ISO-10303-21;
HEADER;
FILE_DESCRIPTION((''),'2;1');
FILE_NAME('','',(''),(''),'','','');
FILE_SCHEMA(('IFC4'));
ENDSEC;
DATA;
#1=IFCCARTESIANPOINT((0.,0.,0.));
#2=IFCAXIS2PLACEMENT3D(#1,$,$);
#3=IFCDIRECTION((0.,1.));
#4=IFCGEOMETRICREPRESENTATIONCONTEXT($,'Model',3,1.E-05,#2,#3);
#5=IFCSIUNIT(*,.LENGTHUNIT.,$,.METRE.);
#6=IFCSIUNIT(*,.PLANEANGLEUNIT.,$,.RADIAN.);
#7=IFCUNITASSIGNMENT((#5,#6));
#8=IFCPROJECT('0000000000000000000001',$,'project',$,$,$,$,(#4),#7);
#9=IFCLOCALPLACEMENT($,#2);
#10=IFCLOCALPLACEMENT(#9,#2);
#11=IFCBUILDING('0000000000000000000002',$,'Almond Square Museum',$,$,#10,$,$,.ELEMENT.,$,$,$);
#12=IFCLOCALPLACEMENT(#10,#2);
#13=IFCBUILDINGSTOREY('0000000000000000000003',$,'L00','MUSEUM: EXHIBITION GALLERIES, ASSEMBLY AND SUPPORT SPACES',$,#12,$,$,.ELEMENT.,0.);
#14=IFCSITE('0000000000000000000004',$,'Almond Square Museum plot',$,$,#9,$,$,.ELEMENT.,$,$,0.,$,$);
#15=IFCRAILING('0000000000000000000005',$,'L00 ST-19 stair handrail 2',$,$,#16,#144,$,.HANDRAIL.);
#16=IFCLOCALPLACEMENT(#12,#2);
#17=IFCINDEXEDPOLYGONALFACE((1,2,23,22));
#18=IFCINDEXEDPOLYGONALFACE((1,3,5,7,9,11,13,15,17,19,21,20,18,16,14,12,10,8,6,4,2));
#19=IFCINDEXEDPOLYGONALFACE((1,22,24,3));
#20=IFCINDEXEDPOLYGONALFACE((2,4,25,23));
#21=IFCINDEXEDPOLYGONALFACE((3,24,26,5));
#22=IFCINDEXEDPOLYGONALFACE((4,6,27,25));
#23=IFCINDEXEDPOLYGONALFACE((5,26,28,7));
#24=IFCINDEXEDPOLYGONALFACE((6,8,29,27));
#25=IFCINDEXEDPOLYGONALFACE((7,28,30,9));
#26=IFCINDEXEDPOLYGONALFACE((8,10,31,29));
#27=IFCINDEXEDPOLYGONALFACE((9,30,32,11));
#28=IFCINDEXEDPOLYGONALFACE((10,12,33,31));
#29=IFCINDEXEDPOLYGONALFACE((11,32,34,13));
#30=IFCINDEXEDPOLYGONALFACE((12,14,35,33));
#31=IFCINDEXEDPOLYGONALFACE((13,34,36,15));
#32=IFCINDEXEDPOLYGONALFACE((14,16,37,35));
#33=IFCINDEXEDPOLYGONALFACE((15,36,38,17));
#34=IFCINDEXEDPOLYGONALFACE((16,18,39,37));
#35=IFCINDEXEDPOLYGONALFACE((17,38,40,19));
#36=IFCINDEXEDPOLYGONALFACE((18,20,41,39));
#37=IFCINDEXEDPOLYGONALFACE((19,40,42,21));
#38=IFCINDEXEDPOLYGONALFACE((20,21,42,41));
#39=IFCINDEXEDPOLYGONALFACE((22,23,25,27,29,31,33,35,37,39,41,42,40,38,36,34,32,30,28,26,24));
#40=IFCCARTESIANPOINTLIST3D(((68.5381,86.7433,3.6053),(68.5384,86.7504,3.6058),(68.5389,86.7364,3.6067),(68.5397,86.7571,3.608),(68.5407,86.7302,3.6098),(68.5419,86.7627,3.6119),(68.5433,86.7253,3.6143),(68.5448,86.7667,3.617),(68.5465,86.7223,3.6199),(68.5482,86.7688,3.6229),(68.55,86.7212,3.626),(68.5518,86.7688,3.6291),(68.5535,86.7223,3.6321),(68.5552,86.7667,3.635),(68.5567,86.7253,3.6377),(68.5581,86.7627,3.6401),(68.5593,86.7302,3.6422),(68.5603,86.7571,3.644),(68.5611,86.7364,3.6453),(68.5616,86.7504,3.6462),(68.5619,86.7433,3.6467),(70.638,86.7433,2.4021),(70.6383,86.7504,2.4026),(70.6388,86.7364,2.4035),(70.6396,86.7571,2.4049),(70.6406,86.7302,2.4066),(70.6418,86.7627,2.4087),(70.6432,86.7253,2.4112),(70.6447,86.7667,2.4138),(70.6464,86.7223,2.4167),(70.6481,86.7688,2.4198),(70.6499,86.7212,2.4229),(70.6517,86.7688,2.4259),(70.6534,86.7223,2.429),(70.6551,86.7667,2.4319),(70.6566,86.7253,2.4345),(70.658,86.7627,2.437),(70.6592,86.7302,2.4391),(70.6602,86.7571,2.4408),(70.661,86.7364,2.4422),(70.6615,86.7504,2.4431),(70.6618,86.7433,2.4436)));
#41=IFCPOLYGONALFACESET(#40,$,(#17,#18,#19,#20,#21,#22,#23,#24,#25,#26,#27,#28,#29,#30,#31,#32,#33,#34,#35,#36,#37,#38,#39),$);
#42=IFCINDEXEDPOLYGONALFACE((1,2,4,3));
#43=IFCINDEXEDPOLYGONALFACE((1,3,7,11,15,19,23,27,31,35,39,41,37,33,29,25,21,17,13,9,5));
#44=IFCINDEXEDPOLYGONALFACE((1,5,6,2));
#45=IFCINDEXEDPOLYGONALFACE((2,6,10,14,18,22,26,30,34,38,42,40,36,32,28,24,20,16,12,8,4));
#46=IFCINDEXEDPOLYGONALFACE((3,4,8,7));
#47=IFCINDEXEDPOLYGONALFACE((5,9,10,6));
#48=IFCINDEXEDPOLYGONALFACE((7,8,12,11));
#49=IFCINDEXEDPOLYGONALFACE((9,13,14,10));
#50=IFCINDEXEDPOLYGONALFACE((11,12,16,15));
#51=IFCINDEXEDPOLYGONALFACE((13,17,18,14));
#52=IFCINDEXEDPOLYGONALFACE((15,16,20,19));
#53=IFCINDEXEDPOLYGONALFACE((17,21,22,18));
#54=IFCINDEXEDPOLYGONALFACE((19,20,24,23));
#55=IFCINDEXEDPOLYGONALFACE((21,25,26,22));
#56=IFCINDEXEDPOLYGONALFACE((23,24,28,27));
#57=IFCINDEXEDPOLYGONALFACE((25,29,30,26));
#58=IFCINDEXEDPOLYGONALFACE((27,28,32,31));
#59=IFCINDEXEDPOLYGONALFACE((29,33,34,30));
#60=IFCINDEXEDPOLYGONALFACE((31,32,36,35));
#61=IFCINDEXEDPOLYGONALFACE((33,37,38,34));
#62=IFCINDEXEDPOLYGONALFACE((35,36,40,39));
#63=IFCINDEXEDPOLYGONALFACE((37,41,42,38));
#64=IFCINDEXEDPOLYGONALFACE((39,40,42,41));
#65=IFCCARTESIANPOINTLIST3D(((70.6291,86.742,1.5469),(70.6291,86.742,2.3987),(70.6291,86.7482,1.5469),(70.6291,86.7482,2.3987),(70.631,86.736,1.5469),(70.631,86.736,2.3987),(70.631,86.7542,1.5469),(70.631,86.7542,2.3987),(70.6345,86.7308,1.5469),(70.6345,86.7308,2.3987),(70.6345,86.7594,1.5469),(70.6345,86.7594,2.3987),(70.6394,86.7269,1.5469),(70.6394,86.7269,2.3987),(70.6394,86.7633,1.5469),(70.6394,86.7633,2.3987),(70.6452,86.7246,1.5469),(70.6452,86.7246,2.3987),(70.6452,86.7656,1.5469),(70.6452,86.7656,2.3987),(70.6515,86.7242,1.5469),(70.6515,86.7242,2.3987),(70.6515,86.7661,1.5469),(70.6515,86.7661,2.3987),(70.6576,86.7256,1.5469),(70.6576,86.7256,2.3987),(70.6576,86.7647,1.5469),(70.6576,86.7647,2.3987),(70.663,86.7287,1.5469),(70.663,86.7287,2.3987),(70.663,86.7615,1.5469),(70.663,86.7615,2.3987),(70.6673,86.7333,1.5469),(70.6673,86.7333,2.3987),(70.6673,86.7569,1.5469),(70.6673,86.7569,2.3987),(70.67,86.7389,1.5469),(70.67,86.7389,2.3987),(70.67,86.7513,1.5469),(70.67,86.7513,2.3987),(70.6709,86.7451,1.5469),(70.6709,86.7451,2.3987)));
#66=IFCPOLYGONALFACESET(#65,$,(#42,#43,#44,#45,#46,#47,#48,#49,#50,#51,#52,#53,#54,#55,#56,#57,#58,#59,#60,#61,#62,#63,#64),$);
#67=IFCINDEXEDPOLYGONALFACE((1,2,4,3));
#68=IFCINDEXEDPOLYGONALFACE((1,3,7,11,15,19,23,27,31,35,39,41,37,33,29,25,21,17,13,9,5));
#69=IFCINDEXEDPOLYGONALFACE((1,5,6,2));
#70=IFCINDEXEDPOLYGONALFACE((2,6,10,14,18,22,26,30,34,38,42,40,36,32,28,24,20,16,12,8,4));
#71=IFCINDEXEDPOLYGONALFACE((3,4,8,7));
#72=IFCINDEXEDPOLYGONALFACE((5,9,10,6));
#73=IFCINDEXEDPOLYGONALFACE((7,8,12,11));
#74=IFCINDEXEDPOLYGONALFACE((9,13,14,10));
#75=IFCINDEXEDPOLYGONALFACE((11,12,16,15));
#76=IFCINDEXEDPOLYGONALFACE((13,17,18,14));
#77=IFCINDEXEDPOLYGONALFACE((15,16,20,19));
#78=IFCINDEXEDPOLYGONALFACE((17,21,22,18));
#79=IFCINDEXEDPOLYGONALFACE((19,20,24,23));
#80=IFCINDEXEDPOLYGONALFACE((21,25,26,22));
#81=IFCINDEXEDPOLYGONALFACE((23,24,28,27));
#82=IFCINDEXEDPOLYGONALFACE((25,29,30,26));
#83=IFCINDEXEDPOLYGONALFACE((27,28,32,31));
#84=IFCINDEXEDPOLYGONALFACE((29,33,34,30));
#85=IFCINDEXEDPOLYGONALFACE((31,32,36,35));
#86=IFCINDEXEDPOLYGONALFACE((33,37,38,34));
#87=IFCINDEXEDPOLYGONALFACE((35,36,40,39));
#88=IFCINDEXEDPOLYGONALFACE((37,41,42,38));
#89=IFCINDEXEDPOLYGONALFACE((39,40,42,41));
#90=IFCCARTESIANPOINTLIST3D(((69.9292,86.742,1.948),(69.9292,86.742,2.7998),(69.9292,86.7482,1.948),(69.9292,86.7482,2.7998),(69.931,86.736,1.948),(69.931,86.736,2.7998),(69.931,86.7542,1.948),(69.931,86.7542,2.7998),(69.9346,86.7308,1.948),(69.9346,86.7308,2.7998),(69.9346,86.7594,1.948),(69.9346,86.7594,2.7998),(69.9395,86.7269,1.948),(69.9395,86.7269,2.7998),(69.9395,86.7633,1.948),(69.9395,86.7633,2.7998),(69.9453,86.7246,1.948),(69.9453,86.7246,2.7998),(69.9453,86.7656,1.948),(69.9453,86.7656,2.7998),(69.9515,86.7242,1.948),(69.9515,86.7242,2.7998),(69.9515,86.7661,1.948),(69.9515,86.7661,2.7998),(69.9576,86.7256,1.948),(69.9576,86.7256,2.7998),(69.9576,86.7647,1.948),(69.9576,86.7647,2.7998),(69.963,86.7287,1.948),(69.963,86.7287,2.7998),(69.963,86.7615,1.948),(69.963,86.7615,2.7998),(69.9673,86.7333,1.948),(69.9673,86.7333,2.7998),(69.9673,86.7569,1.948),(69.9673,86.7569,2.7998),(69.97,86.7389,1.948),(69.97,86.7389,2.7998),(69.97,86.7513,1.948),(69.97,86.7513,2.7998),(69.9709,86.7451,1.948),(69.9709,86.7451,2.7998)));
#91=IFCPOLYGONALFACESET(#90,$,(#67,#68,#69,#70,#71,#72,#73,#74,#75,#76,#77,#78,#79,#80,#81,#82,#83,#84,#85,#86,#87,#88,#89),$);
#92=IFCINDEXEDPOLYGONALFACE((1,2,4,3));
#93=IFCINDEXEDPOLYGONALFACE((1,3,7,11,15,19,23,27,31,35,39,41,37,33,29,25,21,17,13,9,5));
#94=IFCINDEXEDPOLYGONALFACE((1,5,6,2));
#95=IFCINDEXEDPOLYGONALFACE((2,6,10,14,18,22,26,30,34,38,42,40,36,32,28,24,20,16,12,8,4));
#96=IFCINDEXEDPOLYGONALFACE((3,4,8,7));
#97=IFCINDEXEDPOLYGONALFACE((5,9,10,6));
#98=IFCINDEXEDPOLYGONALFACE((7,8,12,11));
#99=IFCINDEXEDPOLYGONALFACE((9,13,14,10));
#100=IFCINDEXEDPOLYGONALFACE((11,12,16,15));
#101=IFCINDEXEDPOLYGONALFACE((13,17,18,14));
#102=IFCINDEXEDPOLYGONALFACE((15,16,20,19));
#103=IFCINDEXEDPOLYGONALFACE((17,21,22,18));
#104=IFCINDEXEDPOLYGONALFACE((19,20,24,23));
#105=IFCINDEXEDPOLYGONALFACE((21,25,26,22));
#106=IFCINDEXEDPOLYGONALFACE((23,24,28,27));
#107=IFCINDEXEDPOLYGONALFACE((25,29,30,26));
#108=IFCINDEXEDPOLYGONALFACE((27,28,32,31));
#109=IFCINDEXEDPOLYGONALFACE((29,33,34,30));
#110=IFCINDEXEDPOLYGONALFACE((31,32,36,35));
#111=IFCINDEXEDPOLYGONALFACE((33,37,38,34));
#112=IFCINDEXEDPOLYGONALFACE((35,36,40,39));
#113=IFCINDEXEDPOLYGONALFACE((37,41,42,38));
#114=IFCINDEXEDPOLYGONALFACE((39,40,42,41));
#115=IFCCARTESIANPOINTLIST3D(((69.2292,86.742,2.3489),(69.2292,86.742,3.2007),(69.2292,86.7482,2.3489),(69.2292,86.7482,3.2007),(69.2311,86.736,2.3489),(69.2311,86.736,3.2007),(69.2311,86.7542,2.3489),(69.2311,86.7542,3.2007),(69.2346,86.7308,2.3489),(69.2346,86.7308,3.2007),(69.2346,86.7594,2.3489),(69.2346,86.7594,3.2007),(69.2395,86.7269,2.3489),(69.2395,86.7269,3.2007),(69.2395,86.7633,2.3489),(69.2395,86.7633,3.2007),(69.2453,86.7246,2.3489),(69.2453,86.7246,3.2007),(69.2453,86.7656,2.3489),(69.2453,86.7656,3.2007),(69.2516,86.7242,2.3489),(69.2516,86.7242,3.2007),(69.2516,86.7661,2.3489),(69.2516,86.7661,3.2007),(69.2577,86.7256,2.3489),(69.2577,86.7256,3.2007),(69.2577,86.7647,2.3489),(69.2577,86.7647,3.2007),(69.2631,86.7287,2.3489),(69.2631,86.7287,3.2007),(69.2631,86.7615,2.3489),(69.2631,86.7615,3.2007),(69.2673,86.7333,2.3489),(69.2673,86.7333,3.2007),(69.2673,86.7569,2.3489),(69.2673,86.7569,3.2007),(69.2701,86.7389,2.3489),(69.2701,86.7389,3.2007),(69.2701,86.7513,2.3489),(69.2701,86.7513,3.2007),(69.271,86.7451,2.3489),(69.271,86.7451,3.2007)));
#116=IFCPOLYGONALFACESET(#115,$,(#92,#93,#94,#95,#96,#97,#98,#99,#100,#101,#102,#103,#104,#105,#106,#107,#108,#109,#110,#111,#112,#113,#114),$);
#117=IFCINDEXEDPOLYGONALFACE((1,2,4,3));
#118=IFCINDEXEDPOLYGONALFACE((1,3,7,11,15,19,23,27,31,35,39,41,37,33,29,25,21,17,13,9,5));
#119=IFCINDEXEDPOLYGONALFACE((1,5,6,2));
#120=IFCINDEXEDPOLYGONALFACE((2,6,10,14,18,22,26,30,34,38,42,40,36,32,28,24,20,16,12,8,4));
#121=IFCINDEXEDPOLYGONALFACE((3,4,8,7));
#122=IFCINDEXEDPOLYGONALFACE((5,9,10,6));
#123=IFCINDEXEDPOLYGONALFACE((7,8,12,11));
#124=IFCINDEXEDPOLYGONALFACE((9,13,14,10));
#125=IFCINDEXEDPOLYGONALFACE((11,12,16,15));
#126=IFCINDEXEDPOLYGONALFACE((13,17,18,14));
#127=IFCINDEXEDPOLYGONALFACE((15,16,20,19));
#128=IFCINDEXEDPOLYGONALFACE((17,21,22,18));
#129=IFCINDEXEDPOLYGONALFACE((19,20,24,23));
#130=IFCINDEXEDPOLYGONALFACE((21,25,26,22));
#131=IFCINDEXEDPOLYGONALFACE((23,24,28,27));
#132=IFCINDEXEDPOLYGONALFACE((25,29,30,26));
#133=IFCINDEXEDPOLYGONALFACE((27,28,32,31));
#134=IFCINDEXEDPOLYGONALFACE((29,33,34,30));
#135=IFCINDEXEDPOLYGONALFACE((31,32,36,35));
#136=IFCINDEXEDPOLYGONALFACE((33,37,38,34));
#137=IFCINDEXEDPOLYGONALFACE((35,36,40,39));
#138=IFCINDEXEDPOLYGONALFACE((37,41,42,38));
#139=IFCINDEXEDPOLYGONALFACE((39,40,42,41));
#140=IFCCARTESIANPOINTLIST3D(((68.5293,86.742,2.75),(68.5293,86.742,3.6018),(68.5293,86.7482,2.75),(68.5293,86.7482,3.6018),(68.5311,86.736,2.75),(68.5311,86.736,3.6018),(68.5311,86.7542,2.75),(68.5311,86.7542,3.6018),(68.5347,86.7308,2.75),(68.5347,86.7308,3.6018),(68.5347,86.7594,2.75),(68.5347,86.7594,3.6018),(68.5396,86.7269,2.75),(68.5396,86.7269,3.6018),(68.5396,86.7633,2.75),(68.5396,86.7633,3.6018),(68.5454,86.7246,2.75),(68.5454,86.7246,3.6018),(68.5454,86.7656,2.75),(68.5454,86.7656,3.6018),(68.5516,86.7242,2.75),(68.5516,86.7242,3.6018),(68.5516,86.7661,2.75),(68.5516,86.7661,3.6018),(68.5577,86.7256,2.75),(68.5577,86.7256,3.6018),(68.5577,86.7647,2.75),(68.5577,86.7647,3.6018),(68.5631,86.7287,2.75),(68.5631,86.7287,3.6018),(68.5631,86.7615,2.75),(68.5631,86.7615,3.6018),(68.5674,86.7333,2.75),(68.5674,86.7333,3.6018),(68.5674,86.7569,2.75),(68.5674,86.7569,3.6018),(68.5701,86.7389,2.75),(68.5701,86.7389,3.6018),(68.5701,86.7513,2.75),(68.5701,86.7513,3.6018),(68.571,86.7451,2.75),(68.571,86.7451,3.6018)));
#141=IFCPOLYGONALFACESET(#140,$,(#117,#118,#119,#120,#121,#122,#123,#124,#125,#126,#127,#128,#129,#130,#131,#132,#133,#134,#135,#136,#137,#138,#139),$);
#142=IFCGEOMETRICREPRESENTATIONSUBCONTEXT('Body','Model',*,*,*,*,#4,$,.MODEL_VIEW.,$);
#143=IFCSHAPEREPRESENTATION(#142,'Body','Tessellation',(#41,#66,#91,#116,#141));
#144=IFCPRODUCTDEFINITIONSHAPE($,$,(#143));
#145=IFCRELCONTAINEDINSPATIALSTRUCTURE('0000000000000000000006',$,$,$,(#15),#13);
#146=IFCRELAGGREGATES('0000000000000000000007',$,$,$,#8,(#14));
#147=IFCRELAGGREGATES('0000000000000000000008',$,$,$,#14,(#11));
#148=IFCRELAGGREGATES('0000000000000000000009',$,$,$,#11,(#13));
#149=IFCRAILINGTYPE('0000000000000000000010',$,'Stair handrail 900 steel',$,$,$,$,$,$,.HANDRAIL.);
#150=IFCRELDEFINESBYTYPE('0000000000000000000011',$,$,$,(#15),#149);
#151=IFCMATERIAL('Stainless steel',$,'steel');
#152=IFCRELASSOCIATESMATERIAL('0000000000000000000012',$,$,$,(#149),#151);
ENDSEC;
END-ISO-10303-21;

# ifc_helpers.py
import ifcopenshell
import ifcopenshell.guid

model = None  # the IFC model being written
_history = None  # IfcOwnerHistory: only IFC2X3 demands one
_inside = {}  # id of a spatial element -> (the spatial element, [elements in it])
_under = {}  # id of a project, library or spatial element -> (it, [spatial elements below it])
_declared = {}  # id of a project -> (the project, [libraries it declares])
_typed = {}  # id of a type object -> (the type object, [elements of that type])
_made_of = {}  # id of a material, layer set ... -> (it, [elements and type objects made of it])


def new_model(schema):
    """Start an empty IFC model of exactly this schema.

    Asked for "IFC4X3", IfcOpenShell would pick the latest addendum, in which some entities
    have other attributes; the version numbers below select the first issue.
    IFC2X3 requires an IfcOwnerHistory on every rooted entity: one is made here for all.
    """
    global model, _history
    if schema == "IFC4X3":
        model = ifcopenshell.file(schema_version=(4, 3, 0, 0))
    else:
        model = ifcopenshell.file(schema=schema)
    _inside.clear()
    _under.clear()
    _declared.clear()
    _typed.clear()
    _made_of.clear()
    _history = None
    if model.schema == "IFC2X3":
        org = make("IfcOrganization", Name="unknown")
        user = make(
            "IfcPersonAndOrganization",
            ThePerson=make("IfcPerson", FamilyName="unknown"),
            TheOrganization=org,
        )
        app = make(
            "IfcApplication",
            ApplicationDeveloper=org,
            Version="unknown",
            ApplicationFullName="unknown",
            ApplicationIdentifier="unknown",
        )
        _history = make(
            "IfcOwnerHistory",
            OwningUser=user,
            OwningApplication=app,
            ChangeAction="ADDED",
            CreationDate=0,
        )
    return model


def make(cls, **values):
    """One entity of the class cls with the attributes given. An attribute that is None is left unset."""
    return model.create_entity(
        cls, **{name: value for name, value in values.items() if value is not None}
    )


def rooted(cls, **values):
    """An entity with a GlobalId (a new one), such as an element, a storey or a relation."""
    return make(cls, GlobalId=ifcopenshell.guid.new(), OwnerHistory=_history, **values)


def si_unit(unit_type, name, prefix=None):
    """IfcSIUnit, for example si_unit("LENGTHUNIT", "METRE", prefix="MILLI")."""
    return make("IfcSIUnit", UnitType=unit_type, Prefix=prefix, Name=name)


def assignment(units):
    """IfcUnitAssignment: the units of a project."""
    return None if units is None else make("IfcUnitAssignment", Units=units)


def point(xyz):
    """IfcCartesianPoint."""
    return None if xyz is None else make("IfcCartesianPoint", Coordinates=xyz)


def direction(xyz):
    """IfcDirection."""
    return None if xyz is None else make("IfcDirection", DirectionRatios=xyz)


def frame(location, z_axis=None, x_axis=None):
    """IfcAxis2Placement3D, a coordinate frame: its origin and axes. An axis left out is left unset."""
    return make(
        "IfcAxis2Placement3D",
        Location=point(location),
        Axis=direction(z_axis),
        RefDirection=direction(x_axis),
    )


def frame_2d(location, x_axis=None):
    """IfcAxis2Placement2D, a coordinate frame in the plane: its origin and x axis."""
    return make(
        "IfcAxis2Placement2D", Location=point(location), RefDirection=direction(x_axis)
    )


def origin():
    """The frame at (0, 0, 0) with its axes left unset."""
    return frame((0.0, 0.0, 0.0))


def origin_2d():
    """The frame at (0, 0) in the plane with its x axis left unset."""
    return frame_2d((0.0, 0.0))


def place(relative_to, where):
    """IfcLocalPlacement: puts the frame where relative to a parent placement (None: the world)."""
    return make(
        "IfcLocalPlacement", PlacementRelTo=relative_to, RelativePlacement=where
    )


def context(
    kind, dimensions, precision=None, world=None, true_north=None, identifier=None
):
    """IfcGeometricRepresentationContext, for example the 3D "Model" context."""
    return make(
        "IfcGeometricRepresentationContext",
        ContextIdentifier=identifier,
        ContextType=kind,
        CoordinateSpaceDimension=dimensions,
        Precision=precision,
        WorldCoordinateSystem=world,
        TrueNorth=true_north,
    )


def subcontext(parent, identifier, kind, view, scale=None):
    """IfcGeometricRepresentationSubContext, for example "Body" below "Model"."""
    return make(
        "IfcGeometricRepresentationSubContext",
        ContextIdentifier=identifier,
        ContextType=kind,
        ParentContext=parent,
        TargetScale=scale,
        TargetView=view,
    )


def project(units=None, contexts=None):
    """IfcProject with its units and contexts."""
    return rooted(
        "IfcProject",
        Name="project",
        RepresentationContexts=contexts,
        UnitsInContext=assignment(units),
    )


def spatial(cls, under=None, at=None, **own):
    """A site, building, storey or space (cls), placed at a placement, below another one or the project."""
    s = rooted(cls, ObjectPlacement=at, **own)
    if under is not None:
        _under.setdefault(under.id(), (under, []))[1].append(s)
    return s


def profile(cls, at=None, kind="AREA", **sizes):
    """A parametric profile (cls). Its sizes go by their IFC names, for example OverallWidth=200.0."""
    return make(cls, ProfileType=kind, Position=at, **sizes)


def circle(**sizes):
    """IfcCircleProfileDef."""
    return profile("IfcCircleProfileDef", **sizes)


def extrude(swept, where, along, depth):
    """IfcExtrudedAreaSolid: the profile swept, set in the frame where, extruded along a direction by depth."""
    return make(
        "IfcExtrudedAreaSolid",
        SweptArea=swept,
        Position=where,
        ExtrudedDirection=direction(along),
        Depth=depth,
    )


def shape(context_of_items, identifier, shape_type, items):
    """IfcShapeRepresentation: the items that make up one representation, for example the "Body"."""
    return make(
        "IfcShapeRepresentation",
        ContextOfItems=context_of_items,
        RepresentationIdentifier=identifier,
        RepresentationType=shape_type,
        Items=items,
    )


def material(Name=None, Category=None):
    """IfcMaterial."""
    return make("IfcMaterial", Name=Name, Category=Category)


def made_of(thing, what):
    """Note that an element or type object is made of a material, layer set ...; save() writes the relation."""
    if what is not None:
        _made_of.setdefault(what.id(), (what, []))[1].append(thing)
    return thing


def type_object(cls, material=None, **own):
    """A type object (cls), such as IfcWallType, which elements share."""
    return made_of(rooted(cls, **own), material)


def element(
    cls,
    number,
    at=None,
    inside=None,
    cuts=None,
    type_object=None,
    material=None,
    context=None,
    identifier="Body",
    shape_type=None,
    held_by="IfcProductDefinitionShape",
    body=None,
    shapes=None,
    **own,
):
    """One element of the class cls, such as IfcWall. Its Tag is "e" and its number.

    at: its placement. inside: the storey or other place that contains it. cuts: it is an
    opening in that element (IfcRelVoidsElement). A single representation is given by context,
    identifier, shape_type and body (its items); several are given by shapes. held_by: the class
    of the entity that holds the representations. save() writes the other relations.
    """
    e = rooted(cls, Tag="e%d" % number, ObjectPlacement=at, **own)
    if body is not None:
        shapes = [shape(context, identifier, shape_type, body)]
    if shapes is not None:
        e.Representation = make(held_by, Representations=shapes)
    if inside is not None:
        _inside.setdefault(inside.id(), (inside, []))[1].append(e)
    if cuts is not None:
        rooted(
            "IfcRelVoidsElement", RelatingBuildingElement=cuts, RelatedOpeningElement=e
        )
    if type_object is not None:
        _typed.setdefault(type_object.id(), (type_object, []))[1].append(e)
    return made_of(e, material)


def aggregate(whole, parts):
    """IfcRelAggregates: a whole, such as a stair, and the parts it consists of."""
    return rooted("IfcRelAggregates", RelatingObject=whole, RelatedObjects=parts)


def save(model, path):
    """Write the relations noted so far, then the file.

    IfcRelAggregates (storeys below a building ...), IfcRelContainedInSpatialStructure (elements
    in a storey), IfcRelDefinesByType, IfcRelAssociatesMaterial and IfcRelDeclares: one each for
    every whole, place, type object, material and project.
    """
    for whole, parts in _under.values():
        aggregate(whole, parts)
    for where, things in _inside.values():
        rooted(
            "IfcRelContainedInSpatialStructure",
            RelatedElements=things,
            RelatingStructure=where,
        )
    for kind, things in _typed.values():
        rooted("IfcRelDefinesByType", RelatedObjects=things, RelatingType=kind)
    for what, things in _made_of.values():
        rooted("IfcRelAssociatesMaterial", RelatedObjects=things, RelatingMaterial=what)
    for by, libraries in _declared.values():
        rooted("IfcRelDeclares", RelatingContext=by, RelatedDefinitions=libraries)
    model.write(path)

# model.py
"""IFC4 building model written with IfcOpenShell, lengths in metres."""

from ifc_helpers import new_model, si_unit, direction, frame, origin, origin_2d, place, context, subcontext, project, spatial, circle, extrude, material, type_object, element, save


model = new_model("IFC4")

# Units and contexts
model_context = context("Model", 3, precision=1e-05, world=origin(), true_north=direction((0.0, 1.0)))
body_context = subcontext(model_context, "Body", "Model", "MODEL_VIEW")
ifc_project = project(units=[si_unit("LENGTHUNIT", "METRE"), si_unit("PLANEANGLEUNIT", "RADIAN")], contexts=[model_context])

# Site, building, storey
site_placement = place(None, origin())
site = spatial("IfcSite", under=ifc_project, at=site_placement, Name="Almond Square Museum plot", CompositionType="ELEMENT", RefElevation=0.0)
building_placement = place(site_placement, origin())
building = spatial("IfcBuilding", under=site, at=building_placement, Name="Almond Square Museum", CompositionType="ELEMENT")
storey_placement = place(building_placement, origin())
storey = spatial("IfcBuildingStorey", under=building, at=storey_placement, Name="L00", Description="MUSEUM: EXHIBITION GALLERIES, ASSEMBLY AND SUPPORT SPACES", CompositionType="ELEMENT", Elevation=0.0)

# Railing
ifc_material_1 = material(Name="Stainless steel", Category="steel")
railing_type_1 = type_object("IfcRailingType", Name="Stair handrail 900 steel", PredefinedType="HANDRAIL", material=ifc_material_1)
for number, where, name in (
    (1, (70.6499, 86.7451, 1.5469), "L00 ST-19 stair handrail 2"),
):
    element("IfcRailing", number, at=place(storey_placement, frame(where)), inside=storey, type_object=railing_type_1, Name=name, PredefinedType="HANDRAIL", context=body_context, shape_type="SweptSolid", body=[
        extrude(circle(Radius=0.0239, at=origin_2d()), frame((0.0, 0.0, 0.876), z_axis=(-0.867671, 0.0, 0.497138), x_axis=(0.0, -1.0, 0.0)), (0.0, 0.0, 1.0), 2.4202),
        extrude(circle(Radius=0.021, at=origin_2d()), origin(), (0.0, 0.0, 1.0), 0.8518),
        extrude(circle(Radius=0.021, at=origin_2d()), frame((-0.7, 0.0, 0.4011)), (0.0, 0.0, 1.0), 0.8518),
        extrude(circle(Radius=0.021, at=origin_2d()), frame((-1.3999, 0.0, 0.802)), (0.0, 0.0, 1.0), 0.8518),
        extrude(circle(Radius=0.021, at=origin_2d()), frame((-2.0999, 0.0, 1.2031)), (0.0, 0.0, 1.0), 0.8518),
    ])

save(model, "model.ifc")
